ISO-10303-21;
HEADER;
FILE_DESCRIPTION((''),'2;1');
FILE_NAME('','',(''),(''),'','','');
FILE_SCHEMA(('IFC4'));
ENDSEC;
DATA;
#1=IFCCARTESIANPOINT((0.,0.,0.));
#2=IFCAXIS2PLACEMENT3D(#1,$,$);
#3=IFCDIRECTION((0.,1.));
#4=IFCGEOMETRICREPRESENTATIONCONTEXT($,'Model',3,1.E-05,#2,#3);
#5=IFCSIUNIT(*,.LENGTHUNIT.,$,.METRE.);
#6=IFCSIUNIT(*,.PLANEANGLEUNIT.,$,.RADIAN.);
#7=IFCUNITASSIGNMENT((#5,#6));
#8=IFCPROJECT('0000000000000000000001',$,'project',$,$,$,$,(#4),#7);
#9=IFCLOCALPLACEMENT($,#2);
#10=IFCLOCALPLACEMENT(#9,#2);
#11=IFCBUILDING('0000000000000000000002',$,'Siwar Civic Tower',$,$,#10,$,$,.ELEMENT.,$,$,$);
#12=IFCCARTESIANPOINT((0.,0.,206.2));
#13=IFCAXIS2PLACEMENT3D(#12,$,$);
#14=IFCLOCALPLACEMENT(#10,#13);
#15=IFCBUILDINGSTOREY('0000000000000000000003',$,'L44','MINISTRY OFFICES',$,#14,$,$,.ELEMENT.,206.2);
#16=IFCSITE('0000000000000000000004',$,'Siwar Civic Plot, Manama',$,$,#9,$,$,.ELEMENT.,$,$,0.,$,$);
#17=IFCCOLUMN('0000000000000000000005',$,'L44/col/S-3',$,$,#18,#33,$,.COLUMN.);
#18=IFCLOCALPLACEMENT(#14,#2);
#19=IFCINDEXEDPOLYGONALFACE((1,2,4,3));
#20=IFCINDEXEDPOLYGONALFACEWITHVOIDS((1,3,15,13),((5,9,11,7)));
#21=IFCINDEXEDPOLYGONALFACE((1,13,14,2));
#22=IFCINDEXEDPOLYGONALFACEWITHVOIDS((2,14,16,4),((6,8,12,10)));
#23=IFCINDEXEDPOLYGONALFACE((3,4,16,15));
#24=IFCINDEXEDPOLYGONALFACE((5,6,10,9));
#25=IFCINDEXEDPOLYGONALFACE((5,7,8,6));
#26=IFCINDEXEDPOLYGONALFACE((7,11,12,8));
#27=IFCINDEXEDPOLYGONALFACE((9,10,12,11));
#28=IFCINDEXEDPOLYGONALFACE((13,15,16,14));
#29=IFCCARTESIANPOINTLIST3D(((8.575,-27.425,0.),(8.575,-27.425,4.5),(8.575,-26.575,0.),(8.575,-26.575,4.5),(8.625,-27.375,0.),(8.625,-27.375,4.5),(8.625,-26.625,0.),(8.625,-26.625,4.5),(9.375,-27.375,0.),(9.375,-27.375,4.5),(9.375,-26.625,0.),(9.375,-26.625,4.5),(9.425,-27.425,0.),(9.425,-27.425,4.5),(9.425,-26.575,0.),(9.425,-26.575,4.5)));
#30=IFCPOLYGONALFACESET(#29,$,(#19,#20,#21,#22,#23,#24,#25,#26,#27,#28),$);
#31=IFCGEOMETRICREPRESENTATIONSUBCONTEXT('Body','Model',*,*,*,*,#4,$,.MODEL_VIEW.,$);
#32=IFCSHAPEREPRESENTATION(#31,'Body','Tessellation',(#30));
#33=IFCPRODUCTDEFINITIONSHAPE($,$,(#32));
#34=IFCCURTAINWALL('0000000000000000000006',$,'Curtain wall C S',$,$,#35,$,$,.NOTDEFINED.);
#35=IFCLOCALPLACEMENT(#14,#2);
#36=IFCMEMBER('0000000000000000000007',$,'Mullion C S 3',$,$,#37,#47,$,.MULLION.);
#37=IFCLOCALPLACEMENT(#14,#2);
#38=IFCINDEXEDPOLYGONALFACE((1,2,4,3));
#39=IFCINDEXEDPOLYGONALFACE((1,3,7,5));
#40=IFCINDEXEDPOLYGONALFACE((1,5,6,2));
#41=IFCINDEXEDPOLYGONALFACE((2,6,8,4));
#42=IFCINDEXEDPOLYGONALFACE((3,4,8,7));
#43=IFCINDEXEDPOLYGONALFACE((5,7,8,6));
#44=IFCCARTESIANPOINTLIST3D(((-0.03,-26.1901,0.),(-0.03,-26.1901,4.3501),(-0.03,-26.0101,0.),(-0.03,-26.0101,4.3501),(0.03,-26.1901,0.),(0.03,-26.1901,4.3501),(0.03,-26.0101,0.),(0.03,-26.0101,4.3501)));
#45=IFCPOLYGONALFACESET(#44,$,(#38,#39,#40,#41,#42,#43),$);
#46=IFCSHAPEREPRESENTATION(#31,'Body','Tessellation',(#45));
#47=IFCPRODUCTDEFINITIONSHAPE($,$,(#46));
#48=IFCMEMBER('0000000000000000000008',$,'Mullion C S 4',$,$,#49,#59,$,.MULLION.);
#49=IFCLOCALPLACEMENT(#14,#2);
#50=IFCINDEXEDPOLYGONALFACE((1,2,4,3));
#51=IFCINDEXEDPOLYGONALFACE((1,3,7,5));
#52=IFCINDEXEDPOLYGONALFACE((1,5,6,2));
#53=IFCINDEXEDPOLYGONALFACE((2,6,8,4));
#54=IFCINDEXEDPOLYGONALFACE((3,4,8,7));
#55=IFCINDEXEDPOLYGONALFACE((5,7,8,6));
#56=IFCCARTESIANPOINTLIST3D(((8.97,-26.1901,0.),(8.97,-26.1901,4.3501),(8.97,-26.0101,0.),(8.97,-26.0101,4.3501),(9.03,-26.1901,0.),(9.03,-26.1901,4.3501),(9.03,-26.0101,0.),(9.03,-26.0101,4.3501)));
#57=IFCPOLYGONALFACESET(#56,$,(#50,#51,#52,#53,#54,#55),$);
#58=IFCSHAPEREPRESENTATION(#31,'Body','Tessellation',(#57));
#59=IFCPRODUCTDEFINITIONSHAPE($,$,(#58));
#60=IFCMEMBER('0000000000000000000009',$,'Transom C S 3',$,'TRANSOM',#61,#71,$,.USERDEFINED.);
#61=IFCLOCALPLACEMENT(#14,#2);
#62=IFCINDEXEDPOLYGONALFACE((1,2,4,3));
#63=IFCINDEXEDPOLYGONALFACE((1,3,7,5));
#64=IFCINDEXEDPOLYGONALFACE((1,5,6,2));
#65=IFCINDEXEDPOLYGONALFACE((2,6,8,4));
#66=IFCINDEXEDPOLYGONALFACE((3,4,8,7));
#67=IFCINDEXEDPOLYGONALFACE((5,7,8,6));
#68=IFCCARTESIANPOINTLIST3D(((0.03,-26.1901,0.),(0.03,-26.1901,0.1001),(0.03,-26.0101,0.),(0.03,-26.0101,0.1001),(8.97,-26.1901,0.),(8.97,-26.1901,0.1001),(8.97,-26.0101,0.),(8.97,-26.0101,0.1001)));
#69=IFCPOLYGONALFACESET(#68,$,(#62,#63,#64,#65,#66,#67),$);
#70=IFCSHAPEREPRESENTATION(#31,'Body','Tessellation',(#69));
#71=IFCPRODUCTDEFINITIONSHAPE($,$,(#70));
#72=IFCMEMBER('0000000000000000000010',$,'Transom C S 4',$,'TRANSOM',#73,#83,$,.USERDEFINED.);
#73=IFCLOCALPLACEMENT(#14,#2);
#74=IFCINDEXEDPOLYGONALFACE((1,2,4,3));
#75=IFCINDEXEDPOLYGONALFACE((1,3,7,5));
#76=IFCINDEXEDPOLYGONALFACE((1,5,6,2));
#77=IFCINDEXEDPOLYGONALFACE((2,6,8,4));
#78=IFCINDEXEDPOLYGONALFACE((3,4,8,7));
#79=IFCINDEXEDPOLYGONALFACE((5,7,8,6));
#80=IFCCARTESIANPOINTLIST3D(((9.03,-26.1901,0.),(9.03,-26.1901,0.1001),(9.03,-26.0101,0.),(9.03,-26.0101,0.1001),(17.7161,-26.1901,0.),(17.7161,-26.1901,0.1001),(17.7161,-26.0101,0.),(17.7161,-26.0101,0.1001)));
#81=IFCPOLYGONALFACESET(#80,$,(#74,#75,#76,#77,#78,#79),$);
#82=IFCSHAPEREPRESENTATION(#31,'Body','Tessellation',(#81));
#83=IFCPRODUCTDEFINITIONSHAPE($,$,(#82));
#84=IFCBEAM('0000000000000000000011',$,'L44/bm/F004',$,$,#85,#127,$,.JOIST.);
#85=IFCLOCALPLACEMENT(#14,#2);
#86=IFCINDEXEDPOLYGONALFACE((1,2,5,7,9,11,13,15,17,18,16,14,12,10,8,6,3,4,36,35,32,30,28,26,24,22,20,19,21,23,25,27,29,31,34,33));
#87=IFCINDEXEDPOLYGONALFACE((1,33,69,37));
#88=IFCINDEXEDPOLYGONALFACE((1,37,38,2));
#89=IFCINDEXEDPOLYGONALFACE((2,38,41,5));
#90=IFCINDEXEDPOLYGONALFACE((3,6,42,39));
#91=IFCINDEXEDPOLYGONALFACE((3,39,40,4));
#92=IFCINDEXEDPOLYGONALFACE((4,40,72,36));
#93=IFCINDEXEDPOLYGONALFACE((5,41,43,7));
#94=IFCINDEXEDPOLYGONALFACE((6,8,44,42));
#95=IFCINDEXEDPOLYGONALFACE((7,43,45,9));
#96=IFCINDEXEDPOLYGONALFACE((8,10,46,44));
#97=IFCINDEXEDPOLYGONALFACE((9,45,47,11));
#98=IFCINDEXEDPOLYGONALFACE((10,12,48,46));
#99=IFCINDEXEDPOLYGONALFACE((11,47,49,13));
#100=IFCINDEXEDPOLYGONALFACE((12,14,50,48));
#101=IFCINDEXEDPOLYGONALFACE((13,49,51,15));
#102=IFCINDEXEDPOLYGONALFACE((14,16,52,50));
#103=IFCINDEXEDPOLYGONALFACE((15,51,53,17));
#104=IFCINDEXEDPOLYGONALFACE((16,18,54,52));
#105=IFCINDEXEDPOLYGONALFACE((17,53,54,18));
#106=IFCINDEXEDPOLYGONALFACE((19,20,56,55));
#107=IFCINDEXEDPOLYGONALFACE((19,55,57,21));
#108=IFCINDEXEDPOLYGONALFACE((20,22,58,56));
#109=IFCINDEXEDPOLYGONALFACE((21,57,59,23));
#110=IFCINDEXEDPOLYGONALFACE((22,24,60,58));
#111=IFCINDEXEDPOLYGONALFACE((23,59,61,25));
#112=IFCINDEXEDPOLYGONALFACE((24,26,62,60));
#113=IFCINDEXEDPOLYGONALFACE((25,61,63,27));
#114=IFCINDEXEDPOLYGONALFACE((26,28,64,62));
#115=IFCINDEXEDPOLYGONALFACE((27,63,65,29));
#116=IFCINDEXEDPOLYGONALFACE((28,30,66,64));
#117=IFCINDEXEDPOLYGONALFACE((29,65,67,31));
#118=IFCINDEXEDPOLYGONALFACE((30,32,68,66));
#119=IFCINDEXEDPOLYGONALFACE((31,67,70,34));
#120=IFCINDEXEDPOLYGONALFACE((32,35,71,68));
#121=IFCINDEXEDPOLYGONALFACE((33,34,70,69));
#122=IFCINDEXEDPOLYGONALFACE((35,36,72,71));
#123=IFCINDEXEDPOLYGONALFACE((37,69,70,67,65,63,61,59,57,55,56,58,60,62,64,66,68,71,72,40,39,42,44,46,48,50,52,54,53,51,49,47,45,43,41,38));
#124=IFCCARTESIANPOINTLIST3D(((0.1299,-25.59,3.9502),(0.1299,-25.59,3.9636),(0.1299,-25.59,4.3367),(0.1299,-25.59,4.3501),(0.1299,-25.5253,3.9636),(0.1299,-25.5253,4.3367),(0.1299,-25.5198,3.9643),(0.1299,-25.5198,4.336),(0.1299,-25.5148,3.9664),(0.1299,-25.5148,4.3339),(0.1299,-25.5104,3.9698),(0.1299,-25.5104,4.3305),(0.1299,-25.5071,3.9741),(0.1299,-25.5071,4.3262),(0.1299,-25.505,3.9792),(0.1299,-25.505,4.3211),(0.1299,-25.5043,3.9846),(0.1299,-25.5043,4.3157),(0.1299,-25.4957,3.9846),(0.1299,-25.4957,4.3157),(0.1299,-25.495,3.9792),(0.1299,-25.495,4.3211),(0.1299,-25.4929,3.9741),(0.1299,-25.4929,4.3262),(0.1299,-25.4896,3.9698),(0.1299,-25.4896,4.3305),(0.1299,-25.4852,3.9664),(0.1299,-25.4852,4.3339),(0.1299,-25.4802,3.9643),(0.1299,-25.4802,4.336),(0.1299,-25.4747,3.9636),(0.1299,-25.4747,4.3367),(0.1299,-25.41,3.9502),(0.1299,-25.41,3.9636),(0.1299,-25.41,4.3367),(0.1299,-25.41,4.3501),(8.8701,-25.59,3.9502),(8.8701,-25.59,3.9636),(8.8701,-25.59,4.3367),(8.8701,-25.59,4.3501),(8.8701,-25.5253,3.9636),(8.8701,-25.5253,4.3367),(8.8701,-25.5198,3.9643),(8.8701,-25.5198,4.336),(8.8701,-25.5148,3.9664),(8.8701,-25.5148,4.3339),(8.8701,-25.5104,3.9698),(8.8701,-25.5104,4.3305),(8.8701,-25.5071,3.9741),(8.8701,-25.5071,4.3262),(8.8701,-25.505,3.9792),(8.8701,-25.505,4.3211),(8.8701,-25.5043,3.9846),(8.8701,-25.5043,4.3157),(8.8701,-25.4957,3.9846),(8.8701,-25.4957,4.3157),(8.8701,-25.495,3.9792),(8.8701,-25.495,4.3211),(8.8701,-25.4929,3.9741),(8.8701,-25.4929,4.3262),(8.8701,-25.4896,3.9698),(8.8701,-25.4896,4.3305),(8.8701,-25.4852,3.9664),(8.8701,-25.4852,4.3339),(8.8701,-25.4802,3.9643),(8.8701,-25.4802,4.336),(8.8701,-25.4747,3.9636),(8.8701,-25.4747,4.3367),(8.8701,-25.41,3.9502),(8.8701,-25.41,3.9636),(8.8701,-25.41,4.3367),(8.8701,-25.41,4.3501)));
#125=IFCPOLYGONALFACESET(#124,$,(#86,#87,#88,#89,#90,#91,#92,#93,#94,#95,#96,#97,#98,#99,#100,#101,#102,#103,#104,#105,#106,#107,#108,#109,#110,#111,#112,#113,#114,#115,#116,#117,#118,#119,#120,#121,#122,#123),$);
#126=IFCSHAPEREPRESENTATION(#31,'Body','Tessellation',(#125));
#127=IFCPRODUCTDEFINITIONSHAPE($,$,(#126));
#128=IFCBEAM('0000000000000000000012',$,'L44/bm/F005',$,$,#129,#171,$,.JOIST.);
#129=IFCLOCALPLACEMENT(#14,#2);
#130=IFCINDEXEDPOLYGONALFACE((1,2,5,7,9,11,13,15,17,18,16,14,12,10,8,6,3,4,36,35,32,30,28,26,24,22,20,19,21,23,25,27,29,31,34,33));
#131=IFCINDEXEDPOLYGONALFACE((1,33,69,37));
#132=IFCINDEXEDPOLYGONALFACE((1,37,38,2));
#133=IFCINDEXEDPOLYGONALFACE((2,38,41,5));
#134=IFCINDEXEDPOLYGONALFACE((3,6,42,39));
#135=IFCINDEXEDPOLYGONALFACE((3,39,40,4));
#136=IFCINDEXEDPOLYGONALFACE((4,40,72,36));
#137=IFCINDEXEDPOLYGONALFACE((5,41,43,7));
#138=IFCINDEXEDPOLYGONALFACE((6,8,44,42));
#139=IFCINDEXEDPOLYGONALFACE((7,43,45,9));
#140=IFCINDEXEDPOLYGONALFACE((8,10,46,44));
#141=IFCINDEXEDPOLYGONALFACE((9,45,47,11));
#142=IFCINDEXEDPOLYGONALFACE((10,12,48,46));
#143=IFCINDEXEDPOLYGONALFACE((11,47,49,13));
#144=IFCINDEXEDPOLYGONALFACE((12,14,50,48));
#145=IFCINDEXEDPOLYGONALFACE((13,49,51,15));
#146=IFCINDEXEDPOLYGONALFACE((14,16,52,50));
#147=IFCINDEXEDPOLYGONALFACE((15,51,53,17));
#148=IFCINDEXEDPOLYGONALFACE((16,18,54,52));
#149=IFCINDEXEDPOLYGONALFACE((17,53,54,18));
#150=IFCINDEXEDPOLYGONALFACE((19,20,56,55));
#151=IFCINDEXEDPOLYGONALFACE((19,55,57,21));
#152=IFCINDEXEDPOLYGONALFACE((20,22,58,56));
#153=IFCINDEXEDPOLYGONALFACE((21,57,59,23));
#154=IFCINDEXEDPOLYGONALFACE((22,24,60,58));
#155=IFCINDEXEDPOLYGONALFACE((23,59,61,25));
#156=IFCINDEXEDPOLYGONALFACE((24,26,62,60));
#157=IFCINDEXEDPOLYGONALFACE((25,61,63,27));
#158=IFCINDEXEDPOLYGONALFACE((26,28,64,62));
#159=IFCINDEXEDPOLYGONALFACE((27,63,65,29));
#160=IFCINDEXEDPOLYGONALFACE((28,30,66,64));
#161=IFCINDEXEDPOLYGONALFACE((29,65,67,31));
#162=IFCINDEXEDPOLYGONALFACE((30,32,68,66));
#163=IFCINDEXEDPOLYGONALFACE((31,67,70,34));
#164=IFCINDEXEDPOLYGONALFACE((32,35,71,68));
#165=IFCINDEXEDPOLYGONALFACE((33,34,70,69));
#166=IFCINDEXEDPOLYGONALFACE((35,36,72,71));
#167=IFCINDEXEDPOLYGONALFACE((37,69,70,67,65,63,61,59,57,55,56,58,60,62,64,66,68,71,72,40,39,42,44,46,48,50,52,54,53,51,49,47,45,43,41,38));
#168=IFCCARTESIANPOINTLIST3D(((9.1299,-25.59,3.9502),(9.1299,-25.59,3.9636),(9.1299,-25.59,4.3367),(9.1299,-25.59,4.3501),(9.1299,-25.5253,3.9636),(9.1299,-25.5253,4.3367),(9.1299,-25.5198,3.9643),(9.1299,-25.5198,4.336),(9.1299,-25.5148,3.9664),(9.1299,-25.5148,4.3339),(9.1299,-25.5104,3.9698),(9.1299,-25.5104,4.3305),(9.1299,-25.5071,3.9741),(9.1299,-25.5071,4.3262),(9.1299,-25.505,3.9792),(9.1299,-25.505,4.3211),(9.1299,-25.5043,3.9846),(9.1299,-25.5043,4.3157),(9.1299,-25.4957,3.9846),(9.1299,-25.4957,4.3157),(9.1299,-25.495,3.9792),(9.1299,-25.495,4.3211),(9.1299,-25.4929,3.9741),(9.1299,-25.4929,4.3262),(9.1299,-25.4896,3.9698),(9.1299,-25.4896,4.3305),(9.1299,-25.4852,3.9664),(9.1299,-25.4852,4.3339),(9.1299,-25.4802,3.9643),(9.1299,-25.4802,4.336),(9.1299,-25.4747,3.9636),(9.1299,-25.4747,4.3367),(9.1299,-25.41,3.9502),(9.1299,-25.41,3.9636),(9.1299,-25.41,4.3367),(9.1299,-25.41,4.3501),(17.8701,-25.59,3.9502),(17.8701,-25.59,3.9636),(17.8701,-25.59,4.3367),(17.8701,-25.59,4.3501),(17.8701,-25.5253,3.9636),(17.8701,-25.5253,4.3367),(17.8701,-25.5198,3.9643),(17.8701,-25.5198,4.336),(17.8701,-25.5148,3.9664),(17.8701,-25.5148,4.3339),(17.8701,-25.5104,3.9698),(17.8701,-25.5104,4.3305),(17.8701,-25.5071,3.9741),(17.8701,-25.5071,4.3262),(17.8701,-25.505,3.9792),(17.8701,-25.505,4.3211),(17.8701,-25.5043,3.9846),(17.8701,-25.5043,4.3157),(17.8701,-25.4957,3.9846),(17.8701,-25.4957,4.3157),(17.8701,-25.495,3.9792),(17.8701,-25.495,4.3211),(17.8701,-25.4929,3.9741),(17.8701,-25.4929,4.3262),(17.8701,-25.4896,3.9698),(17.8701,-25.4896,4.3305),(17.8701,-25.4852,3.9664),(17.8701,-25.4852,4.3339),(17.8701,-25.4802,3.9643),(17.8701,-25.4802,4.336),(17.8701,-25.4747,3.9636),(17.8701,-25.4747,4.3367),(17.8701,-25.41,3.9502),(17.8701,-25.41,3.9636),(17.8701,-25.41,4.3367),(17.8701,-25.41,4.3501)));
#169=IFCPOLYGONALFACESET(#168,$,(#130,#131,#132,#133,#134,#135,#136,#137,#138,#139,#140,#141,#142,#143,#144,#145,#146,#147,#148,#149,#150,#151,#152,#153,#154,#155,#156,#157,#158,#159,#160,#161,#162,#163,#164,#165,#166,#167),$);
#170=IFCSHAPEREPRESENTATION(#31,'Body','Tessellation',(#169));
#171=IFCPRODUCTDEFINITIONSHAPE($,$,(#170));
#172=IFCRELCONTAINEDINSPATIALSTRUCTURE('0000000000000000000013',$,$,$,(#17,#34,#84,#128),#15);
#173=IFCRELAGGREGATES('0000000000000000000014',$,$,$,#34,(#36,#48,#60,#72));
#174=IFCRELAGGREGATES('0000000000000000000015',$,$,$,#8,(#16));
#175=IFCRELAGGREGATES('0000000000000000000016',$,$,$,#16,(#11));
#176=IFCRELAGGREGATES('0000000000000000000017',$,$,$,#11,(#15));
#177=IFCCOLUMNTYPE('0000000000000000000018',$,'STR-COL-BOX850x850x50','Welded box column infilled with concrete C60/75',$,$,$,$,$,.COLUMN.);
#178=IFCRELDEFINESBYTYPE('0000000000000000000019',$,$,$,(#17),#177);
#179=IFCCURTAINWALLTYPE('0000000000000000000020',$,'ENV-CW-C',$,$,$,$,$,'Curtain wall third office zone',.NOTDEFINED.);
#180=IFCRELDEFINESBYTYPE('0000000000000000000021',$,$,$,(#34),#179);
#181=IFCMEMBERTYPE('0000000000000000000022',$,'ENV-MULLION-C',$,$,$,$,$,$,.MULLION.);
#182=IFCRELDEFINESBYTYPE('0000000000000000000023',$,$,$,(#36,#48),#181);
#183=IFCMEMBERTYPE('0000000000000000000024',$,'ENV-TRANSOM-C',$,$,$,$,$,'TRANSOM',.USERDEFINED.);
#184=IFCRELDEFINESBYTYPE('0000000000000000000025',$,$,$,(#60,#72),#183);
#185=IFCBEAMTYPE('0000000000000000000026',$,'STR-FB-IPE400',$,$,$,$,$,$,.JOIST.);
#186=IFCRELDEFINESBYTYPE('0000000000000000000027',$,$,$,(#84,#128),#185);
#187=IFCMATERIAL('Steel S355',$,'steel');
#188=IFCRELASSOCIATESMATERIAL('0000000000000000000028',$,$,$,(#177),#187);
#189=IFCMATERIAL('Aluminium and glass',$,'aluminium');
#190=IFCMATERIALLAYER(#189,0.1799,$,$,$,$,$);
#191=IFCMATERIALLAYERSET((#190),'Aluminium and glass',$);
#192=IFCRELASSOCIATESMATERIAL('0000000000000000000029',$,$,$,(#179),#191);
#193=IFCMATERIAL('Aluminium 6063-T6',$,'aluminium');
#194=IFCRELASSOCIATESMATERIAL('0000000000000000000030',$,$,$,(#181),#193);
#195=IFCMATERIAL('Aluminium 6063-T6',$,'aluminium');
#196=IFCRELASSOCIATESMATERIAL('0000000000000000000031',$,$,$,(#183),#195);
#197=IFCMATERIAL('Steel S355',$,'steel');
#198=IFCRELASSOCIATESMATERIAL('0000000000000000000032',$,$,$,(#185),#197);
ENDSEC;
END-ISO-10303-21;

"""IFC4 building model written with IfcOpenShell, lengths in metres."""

from ifc_helpers import new_model, si_unit, direction, frame, origin, origin_2d, place, context, subcontext, project, spatial, rectangle, hollow_rectangle, i_section, extrude, material, layer, layer_set, material_profile, profile_set, type_object, element, aggregate, save


model = new_model("IFC4")

# Units and contexts
model_context = context("Model", 3, precision=1e-05, world=origin(), true_north=direction((0.0, 1.0)))
body_context = subcontext(model_context, "Body", "Model", "MODEL_VIEW")
ifc_project = project(units=[si_unit("LENGTHUNIT", "METRE"), si_unit("PLANEANGLEUNIT", "RADIAN")], contexts=[model_context])

# Site, building, storey
site_placement = place(None, origin())
site = spatial("IfcSite", under=ifc_project, at=site_placement, Name="Siwar Civic Plot, Manama", CompositionType="ELEMENT", RefElevation=0.0)
building_placement = place(site_placement, origin())
building = spatial("IfcBuilding", under=site, at=building_placement, Name="Siwar Civic Tower", CompositionType="ELEMENT")
storey_placement = place(building_placement, frame((0.0, 0.0, 206.2)))
storey = spatial("IfcBuildingStorey", under=building, at=storey_placement, Name="L44", Description="MINISTRY OFFICES", CompositionType="ELEMENT", Elevation=206.2)

# Column
ifc_material_1 = material(Name="Steel S355", Category="steel")
ifc_material_profile_1 = material_profile(ifc_material_1, hollow_rectangle(XDim=0.8501, YDim=0.8501, WallThickness=0.05, at=origin_2d()), Name="BOX850x850x50")
ifc_profile_set_1 = profile_set([ifc_material_profile_1], Name="Steel S355")
column_type = type_object("IfcColumnType", Name="STR-COL-BOX850x850x50", Description="Welded box column infilled with concrete C60/75", PredefinedType="COLUMN", material=ifc_profile_set_1)
column_placement = place(storey_placement, frame((9.0, -27.0, 0.0), z_axis=(0.0, 0.0, 1.0), x_axis=(1.0, 0.0, 0.0)))
element("IfcColumn", 1, at=column_placement, inside=storey, type_object=column_type, Name="L44/col/S-3", PredefinedType="COLUMN", context=body_context, shape_type="SweptSolid", body=[
    extrude(hollow_rectangle(XDim=0.8501, YDim=0.8501, WallThickness=0.05, at=origin_2d()), origin(), (0.0, 0.0, 1.0), 4.5),
])

# Curtain wall, members
ifc_material_2 = material(Name="Aluminium and glass", Category="aluminium")
ifc_layer_1 = layer(ifc_material_2, 0.1799)
ifc_layer_set_1 = layer_set([ifc_layer_1], Name="Aluminium and glass")
curtain_wall_type = type_object("IfcCurtainWallType", Name="ENV-CW-C", ElementType="Curtain wall third office zone", PredefinedType="NOTDEFINED", material=ifc_layer_set_1)
curtain_wall_placement = place(storey_placement, origin())
curtain_wall = element("IfcCurtainWall", 2, at=curtain_wall_placement, inside=storey, type_object=curtain_wall_type, Name="Curtain wall C S", PredefinedType="NOTDEFINED")
ifc_material_3 = material(Name="Aluminium 6063-T6", Category="aluminium")
ifc_material_profile_2 = material_profile(ifc_material_3, rectangle(XDim=0.1799, YDim=0.0601, at=origin_2d()), Name="AL 180x60")
ifc_profile_set_2 = profile_set([ifc_material_profile_2], Name="Aluminium 6063-T6")
member_type_1 = type_object("IfcMemberType", Name="ENV-MULLION-C", PredefinedType="MULLION", material=ifc_profile_set_2)
member_1_placement = place(storey_placement, frame((0.0, -26.1001, 0.0), z_axis=(0.0, 0.0, 1.0), x_axis=(0.0, 1.0, 0.0)))
member_1 = element("IfcMember", 3, at=member_1_placement, type_object=member_type_1, Name="Mullion C S 3", PredefinedType="MULLION", context=body_context, shape_type="SweptSolid", body=[
    extrude(rectangle(XDim=0.1799, YDim=0.0601, at=origin_2d()), origin(), (0.0, 0.0, 1.0), 4.3501),
])
member_2_placement = place(storey_placement, frame((9.0, -26.1001, 0.0), z_axis=(0.0, 0.0, 1.0), x_axis=(0.0, 1.0, 0.0)))
member_2 = element("IfcMember", 4, at=member_2_placement, type_object=member_type_1, Name="Mullion C S 4", PredefinedType="MULLION", context=body_context, shape_type="SweptSolid", body=[
    extrude(rectangle(XDim=0.1799, YDim=0.0601, at=origin_2d()), origin(), (0.0, 0.0, 1.0), 4.3501),
])
ifc_material_4 = material(Name="Aluminium 6063-T6", Category="aluminium")
ifc_material_profile_3 = material_profile(ifc_material_4, rectangle(XDim=0.1799, YDim=0.1001, at=origin_2d()), Name="AL 180x100")
ifc_profile_set_3 = profile_set([ifc_material_profile_3], Name="Aluminium 6063-T6")
member_type_2 = type_object("IfcMemberType", Name="ENV-TRANSOM-C", ElementType="TRANSOM", PredefinedType="USERDEFINED", material=ifc_profile_set_3)
member_3_placement = place(storey_placement, frame((0.03, -26.1001, 0.05), z_axis=(1.0, 0.0, 0.0), x_axis=(0.0, 1.0, 0.0)))
member_3 = element("IfcMember", 5, at=member_3_placement, type_object=member_type_2, Name="Transom C S 3", ObjectType="TRANSOM", PredefinedType="USERDEFINED", context=body_context, shape_type="SweptSolid", body=[
    extrude(rectangle(XDim=0.1799, YDim=0.1001, at=origin_2d()), origin(), (0.0, 0.0, 1.0), 8.9399),
])
member_4_placement = place(storey_placement, frame((9.03, -26.1001, 0.05), z_axis=(1.0, 0.0, 0.0), x_axis=(0.0, 1.0, 0.0)))
member_4 = element("IfcMember", 6, at=member_4_placement, type_object=member_type_2, Name="Transom C S 4", ObjectType="TRANSOM", PredefinedType="USERDEFINED", context=body_context, shape_type="SweptSolid", body=[
    extrude(rectangle(XDim=0.1799, YDim=0.1001, at=origin_2d()), origin(), (0.0, 0.0, 1.0), 8.686),
])

# Beams
ifc_material_5 = material(Name="Steel S355", Category="steel")
ifc_material_profile_4 = material_profile(ifc_material_5, i_section(OverallWidth=0.1799, OverallDepth=0.3999, WebThickness=0.0085, FlangeThickness=0.0134, FilletRadius=0.021, at=origin_2d()), Name="IPE400")
ifc_profile_set_4 = profile_set([ifc_material_profile_4], Name="Steel S355")
beam_type_1 = type_object("IfcBeamType", Name="STR-FB-IPE400", PredefinedType="JOIST", material=ifc_profile_set_4)
for number, where, z_axis, x_axis, name in (
    (7, (0.1299, -25.5, 4.1501), (1.0, 0.0, 0.0), (0.0, 1.0, 0.0), "L44/bm/F004"),
    (8, (9.1299, -25.5, 4.1501), (1.0, 0.0, 0.0), (0.0, 1.0, 0.0), "L44/bm/F005"),
):
    element("IfcBeam", number, at=place(storey_placement, frame(where, z_axis=z_axis, x_axis=x_axis)), inside=storey, type_object=beam_type_1, Name=name, PredefinedType="JOIST", context=body_context, shape_type="SweptSolid", body=[
        extrude(i_section(OverallWidth=0.1799, OverallDepth=0.3999, WebThickness=0.0085, FlangeThickness=0.0134, FilletRadius=0.021, at=origin_2d()), origin(), (0.0, 0.0, 1.0), 8.7402),
    ])

aggregate(curtain_wall, [member_1, member_2, member_3, member_4])

save(model, "model.ifc")
